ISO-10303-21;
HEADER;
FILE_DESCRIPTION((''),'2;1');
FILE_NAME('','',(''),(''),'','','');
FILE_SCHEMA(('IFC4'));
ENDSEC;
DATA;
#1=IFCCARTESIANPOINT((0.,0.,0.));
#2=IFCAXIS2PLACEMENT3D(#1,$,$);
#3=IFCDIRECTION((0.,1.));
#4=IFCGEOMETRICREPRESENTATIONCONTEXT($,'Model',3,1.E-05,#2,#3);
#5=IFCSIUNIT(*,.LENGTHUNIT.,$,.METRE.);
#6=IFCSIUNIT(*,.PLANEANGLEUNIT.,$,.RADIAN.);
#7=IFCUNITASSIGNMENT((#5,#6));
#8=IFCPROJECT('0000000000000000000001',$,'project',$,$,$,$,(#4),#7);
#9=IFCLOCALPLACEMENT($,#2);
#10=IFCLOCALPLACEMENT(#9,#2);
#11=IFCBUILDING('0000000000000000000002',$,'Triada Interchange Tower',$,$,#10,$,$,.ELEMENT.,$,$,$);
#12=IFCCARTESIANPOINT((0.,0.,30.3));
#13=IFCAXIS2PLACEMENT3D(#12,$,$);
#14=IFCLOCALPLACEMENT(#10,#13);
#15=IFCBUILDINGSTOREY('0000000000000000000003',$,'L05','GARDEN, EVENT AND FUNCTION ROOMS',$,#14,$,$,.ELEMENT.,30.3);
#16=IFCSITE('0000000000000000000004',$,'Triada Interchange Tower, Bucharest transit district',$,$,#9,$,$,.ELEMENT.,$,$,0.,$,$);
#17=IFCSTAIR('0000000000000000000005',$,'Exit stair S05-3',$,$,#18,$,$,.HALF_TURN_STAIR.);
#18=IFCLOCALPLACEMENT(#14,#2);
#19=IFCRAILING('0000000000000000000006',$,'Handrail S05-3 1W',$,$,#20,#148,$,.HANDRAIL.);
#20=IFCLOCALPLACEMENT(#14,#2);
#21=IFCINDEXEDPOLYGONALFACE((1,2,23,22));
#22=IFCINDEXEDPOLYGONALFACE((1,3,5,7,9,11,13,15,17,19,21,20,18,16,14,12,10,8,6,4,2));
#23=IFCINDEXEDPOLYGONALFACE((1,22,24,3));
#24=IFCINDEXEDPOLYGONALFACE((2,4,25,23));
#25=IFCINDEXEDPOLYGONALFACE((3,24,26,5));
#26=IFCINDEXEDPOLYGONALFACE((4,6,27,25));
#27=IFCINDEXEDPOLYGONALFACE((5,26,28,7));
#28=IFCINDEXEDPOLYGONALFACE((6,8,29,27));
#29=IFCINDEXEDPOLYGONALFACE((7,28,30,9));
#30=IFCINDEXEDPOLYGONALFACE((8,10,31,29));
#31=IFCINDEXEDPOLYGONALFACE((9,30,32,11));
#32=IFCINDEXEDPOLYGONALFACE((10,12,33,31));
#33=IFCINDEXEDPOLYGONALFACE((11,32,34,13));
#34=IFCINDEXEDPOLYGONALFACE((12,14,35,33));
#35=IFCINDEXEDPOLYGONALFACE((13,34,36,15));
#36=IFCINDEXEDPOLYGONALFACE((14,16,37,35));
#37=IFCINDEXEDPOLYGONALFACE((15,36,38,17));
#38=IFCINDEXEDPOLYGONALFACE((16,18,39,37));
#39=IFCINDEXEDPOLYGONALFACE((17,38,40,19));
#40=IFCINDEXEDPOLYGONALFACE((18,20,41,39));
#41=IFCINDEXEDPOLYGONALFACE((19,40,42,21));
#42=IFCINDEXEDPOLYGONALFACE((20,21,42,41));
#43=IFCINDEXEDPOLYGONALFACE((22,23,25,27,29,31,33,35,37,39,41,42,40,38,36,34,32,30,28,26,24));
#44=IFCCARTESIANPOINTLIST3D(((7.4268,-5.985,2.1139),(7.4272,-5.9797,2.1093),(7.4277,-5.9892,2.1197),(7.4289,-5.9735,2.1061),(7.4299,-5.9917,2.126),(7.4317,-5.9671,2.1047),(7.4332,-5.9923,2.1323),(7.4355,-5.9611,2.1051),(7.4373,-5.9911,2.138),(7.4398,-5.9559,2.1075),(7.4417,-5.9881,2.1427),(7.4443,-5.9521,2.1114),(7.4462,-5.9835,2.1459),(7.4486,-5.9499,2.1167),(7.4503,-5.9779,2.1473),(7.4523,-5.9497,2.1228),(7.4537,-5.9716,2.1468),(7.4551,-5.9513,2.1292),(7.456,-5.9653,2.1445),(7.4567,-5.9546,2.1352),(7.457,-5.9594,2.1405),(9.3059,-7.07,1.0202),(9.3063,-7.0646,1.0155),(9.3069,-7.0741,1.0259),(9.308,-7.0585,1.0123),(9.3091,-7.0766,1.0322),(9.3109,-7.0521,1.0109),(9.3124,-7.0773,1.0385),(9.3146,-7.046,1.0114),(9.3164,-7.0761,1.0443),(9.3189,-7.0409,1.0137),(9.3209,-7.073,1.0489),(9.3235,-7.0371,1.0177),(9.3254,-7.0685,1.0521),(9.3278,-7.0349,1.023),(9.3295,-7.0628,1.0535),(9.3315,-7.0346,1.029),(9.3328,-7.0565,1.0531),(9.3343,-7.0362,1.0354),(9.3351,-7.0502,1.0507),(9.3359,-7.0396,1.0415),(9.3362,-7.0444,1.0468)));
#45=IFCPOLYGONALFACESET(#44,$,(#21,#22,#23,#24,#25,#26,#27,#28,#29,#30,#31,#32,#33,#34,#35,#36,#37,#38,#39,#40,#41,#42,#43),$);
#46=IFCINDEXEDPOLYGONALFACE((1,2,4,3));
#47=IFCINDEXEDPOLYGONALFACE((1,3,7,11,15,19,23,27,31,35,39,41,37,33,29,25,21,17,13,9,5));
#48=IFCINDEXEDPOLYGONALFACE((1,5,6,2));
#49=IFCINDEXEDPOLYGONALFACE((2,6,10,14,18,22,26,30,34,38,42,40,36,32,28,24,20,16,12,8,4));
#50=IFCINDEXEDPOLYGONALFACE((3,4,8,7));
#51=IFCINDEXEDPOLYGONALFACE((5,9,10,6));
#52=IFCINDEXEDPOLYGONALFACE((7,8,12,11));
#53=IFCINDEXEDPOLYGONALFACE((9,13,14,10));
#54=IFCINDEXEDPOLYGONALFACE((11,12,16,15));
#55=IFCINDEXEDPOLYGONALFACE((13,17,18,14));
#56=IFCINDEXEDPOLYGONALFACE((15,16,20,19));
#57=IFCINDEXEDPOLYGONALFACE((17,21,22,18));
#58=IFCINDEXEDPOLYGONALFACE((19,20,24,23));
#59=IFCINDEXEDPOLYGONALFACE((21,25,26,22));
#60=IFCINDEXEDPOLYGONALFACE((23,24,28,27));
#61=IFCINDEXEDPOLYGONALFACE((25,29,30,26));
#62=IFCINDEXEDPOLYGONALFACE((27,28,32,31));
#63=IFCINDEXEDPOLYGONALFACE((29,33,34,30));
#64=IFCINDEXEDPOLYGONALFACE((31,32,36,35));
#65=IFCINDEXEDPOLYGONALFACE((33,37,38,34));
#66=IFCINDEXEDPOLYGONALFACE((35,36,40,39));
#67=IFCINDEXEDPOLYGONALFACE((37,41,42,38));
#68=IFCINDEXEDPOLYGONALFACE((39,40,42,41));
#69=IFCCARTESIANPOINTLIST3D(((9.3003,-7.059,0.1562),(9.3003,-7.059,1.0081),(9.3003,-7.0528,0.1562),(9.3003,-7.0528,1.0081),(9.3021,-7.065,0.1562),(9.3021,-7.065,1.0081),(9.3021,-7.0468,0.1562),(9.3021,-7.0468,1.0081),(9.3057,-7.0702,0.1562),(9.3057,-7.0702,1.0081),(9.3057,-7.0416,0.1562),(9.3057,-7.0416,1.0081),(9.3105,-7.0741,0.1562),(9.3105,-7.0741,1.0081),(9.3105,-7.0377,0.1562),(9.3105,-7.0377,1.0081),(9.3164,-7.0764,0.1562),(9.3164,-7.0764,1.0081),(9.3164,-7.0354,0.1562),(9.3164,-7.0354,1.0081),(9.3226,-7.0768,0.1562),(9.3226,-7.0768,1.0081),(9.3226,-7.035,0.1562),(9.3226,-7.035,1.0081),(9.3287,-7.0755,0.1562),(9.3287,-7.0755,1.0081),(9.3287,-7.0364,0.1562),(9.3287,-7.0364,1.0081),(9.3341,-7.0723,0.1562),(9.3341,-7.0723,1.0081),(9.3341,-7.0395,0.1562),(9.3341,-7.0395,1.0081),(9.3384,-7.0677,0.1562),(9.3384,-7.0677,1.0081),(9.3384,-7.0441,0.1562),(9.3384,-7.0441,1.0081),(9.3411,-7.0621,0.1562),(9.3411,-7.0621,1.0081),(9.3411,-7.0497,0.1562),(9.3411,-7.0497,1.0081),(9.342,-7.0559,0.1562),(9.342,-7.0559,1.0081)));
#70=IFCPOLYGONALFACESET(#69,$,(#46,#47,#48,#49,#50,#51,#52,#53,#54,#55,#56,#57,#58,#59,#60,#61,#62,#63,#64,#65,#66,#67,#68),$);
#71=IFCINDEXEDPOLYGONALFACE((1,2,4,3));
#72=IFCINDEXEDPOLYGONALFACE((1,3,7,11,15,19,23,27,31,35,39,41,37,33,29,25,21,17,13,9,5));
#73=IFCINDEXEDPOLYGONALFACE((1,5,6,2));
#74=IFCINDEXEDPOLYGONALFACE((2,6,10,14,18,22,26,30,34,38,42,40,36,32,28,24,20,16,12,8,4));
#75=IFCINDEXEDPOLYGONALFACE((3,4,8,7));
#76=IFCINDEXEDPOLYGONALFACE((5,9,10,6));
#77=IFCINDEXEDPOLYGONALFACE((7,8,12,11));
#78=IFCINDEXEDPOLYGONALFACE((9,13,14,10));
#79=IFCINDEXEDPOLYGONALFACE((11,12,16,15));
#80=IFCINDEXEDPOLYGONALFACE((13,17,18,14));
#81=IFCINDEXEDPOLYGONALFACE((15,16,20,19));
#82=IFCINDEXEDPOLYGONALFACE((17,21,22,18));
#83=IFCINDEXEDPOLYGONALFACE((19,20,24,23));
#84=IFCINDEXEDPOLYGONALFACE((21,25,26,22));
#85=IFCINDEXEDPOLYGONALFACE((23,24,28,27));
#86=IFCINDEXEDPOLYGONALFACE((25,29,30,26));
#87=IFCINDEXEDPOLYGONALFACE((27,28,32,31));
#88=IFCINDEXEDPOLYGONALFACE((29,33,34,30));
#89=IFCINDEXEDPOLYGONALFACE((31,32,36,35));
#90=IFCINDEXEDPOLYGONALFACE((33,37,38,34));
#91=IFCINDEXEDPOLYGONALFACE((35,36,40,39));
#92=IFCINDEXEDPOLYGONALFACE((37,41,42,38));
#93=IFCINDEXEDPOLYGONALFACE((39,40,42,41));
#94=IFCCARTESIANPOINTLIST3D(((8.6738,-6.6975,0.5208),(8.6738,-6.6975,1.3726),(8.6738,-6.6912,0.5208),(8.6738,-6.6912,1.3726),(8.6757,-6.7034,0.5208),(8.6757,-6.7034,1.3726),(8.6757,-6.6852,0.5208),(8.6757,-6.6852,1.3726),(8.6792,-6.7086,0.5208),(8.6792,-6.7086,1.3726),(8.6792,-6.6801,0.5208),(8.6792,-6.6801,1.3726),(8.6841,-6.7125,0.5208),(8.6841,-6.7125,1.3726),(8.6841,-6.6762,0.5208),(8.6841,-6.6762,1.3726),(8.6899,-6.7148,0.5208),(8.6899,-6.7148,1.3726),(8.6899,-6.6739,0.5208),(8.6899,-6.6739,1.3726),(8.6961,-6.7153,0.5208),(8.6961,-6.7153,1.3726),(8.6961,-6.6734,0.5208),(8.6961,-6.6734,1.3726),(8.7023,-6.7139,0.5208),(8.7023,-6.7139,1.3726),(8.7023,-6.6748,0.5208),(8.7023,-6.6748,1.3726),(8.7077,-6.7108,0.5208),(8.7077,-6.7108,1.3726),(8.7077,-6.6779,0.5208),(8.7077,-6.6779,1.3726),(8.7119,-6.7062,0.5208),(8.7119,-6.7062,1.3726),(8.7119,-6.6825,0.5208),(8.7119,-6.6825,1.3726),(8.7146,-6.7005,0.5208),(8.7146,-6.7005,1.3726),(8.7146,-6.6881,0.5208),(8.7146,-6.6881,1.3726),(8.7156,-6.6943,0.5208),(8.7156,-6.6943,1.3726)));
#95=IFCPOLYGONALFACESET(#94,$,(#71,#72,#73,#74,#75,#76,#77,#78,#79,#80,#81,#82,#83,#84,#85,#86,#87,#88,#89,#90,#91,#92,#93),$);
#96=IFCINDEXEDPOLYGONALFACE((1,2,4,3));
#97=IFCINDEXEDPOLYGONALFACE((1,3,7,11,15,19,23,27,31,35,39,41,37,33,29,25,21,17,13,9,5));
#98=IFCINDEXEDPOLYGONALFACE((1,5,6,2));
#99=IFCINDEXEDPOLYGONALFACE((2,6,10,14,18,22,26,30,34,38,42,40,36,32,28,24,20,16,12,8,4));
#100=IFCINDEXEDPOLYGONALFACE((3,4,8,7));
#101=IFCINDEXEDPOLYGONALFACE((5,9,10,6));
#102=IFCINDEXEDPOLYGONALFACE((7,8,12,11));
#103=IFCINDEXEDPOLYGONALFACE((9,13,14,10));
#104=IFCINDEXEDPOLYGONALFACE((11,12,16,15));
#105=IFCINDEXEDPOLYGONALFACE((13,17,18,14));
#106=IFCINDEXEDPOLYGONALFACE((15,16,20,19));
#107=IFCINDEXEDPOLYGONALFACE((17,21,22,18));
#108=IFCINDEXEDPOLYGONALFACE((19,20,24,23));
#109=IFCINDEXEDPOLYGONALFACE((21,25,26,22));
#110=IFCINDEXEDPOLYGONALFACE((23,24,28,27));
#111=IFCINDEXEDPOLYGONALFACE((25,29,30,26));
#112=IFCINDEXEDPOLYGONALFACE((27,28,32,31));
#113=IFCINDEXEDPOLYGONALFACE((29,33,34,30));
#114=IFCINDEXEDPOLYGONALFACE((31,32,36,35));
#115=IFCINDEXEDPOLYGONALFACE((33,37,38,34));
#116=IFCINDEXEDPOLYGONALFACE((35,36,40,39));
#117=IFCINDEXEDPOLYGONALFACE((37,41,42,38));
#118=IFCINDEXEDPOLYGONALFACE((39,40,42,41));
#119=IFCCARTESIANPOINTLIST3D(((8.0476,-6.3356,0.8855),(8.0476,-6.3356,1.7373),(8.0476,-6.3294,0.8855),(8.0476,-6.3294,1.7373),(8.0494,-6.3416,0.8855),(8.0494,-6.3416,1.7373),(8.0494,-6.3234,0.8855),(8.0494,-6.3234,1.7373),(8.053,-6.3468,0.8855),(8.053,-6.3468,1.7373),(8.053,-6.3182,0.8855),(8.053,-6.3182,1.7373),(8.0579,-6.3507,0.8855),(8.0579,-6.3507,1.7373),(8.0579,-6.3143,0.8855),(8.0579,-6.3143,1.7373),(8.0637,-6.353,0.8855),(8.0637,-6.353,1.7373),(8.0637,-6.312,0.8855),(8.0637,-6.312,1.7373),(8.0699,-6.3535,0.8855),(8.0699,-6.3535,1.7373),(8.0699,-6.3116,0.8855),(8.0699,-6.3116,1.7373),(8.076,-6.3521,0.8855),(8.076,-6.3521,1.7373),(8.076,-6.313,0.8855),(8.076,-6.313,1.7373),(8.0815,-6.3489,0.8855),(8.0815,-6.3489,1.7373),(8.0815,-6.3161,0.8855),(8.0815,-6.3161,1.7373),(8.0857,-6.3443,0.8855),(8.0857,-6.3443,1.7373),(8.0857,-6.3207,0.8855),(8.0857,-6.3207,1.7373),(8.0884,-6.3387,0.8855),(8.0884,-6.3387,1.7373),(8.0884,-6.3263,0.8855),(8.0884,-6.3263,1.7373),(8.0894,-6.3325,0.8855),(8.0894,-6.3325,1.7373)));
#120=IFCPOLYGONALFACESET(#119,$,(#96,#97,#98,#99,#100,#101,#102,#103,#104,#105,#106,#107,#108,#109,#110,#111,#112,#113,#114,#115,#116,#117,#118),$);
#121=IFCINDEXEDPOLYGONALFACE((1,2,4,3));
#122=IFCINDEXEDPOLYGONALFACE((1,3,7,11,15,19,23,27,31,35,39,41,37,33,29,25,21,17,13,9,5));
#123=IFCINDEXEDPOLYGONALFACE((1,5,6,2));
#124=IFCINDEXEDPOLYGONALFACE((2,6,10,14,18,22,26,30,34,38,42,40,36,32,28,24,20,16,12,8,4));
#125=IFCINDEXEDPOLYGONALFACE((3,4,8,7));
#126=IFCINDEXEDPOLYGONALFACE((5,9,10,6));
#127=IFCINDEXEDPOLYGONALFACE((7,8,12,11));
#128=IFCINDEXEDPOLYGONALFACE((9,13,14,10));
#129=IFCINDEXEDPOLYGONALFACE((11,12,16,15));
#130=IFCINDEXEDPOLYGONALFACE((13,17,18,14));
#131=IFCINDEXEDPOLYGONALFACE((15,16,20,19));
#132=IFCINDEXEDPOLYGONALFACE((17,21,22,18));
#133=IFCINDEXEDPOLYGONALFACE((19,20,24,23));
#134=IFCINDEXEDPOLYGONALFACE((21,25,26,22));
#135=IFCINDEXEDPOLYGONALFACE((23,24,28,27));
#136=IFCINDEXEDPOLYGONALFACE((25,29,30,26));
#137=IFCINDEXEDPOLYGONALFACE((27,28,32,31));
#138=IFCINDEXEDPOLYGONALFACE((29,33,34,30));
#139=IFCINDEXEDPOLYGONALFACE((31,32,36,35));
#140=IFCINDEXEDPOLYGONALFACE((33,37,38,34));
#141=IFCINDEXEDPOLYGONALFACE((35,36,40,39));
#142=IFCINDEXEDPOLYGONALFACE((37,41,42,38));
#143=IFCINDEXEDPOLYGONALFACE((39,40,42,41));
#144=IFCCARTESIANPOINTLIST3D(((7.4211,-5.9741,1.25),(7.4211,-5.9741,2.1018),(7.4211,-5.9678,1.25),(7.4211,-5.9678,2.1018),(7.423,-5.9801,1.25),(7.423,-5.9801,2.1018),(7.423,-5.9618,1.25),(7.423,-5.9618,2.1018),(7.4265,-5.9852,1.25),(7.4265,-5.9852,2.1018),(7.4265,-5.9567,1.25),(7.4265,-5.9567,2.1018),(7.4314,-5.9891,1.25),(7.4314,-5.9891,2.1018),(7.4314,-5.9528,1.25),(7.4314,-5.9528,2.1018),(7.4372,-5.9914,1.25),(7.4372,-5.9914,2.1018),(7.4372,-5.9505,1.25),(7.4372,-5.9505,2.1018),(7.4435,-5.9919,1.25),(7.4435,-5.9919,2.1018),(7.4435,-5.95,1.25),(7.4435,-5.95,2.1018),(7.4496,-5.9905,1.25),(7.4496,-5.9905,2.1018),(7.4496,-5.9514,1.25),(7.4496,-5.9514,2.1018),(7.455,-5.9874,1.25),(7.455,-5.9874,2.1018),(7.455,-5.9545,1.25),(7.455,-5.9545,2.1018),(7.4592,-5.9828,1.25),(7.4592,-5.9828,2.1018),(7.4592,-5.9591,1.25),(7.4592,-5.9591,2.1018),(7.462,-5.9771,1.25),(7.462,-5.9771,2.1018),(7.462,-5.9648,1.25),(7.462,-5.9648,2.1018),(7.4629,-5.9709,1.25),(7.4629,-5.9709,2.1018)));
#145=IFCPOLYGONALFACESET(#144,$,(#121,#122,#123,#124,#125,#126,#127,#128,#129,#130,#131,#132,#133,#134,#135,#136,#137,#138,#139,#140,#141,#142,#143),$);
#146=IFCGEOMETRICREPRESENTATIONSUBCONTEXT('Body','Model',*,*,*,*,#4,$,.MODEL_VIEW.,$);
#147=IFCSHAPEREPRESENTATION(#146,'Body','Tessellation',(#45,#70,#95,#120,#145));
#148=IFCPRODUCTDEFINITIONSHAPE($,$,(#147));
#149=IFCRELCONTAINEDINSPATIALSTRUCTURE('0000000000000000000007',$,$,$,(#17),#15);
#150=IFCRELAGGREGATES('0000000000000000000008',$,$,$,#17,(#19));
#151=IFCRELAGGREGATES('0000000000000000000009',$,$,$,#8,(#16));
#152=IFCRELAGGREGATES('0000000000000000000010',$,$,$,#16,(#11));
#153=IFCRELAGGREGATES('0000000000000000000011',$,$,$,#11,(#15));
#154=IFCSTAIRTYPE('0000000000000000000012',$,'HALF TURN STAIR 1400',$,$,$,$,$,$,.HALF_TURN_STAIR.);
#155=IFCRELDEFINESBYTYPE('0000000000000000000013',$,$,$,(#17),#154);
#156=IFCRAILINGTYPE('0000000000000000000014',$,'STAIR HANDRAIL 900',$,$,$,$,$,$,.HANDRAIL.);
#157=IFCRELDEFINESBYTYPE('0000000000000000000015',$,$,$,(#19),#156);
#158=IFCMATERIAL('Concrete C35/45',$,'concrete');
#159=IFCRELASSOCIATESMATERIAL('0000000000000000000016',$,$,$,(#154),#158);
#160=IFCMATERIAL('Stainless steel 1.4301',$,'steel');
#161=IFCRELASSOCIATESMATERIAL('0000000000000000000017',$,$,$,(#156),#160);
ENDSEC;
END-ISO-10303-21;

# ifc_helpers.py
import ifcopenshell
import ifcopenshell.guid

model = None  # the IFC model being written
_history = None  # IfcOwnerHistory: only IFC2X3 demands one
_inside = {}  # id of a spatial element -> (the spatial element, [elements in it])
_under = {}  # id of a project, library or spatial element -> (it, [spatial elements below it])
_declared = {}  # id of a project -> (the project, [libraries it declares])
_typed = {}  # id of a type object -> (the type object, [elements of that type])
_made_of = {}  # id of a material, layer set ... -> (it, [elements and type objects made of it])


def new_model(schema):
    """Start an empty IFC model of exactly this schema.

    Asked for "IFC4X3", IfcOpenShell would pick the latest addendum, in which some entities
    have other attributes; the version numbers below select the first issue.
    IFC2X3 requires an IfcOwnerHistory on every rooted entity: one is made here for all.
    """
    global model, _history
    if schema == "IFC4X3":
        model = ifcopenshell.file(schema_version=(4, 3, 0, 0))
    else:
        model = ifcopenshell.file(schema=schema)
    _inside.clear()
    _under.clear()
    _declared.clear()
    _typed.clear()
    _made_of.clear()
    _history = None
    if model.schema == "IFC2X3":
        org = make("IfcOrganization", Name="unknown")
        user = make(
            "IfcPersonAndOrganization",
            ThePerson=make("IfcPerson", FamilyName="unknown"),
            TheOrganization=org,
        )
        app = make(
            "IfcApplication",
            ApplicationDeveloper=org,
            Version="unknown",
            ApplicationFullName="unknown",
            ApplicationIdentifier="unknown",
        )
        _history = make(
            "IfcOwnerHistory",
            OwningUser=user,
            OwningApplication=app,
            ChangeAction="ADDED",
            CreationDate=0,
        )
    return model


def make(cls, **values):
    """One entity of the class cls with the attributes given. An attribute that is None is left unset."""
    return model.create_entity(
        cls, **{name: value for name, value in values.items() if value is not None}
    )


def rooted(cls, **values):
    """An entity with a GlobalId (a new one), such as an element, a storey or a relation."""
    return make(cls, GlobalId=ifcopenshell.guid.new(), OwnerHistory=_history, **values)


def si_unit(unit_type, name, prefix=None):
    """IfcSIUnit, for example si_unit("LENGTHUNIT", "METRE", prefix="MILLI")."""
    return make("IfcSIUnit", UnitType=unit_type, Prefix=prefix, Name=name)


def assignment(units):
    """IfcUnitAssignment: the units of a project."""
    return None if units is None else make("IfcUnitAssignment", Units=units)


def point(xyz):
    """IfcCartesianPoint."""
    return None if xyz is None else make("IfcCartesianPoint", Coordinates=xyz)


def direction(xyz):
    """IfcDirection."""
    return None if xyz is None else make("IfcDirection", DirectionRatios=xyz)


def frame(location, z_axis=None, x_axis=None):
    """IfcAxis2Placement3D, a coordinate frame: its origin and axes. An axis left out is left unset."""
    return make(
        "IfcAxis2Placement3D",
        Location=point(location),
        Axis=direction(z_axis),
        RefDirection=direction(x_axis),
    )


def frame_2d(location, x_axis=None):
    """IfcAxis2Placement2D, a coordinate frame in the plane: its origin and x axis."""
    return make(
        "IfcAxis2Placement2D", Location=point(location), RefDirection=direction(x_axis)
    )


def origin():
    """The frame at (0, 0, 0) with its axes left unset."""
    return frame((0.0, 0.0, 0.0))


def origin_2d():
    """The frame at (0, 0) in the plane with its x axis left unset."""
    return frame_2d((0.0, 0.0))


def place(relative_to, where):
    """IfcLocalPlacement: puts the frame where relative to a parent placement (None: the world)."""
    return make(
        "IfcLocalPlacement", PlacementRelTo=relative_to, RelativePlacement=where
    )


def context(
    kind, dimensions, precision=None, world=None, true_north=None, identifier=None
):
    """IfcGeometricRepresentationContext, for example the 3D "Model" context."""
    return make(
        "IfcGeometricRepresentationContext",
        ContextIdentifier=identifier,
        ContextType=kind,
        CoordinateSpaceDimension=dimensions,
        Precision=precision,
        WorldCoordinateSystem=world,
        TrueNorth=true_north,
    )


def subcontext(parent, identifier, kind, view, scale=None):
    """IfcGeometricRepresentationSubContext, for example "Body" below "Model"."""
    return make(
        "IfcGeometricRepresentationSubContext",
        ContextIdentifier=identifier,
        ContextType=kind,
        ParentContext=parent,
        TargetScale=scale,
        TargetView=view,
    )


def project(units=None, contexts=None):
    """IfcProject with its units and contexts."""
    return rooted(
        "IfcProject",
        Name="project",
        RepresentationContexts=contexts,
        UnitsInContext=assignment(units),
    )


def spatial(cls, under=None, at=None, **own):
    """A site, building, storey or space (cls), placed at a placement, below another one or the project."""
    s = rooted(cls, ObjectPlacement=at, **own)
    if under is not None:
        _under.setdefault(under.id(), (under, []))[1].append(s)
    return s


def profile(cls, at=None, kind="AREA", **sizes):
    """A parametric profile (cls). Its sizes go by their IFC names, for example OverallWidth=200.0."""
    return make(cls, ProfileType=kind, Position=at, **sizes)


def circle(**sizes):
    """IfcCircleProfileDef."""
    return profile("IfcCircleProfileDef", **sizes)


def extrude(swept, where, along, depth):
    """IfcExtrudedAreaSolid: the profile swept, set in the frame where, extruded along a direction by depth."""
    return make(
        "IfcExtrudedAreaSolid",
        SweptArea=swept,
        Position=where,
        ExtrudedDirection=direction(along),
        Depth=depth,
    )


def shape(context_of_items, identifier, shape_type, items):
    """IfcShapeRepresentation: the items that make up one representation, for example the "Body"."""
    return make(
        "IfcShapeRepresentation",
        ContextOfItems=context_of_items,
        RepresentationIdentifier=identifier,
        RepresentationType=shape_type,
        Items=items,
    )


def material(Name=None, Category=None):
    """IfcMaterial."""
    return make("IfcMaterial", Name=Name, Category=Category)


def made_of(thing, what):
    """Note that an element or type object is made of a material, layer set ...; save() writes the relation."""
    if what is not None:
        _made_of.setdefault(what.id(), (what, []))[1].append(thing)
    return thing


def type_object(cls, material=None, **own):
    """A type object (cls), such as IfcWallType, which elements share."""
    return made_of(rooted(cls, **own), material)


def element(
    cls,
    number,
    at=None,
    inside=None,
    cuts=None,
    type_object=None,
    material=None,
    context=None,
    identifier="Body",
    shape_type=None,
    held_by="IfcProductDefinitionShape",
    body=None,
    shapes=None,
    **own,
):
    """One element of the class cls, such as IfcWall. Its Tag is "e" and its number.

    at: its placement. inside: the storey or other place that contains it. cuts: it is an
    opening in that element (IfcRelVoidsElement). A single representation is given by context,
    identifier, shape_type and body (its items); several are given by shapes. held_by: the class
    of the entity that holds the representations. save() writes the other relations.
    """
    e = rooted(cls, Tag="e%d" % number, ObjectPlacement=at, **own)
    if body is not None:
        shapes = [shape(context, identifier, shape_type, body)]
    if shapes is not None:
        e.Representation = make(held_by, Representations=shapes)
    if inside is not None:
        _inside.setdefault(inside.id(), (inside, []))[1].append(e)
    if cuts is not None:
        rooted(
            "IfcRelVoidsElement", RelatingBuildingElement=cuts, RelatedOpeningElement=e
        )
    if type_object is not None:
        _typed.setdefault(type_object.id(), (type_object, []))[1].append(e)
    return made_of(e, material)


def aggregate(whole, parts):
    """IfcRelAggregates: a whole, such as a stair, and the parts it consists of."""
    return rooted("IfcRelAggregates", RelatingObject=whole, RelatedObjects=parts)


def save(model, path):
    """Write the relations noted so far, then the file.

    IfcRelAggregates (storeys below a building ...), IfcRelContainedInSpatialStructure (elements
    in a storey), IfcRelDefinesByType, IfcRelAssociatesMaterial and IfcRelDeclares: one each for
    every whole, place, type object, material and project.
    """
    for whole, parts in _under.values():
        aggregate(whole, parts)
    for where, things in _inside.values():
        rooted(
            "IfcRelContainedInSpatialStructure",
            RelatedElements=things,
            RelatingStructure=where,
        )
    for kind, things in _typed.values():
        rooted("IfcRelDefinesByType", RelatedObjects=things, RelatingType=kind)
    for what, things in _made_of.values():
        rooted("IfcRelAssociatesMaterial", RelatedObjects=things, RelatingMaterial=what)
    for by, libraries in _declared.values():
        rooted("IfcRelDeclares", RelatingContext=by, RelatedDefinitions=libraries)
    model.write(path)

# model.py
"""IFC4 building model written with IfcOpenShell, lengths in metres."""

from ifc_helpers import new_model, si_unit, direction, frame, origin, origin_2d, place, context, subcontext, project, spatial, circle, extrude, material, type_object, element, aggregate, save


model = new_model("IFC4")

# Units and contexts
model_context = context("Model", 3, precision=1e-05, world=origin(), true_north=direction((0.0, 1.0)))
body_context = subcontext(model_context, "Body", "Model", "MODEL_VIEW")
ifc_project = project(units=[si_unit("LENGTHUNIT", "METRE"), si_unit("PLANEANGLEUNIT", "RADIAN")], contexts=[model_context])

# Site, building, storey
site_placement = place(None, origin())
site = spatial("IfcSite", under=ifc_project, at=site_placement, Name="Triada Interchange Tower, Bucharest transit district", CompositionType="ELEMENT", RefElevation=0.0)
building_placement = place(site_placement, origin())
building = spatial("IfcBuilding", under=site, at=building_placement, Name="Triada Interchange Tower", CompositionType="ELEMENT")
storey_placement = place(building_placement, frame((0.0, 0.0, 30.3)))
storey = spatial("IfcBuildingStorey", under=building, at=storey_placement, Name="L05", Description="GARDEN, EVENT AND FUNCTION ROOMS", CompositionType="ELEMENT", Elevation=30.3)

# Stair, railing
ifc_material_1 = material(Name="Concrete C35/45", Category="concrete")
stair_type = type_object("IfcStairType", Name="HALF TURN STAIR 1400", PredefinedType="HALF_TURN_STAIR", material=ifc_material_1)
stair_placement = place(storey_placement, origin())
stair = element("IfcStair", 1, at=stair_placement, inside=storey, type_object=stair_type, Name="Exit stair S05-3", PredefinedType="HALF_TURN_STAIR")
ifc_material_2 = material(Name="Stainless steel 1.4301", Category="steel")
railing_type = type_object("IfcRailingType", Name="STAIR HANDRAIL 900", PredefinedType="HANDRAIL", material=ifc_material_2)
railing_1_placement = place(storey_placement, frame((9.321, -7.0559, 0.1562)))
railing_1 = element("IfcRailing", 2, at=railing_1_placement, type_object=railing_type, Name="Handrail S05-3 1W", PredefinedType="HANDRAIL", context=body_context, shape_type="SweptSolid", body=[
    extrude(circle(Radius=0.0239, at=origin_2d()), frame((0.0, 0.0, 0.876), z_axis=(-0.77333, 0.446496, 0.450113), x_axis=(-0.500011, -0.866019, 0.0)), (0.0, 0.0, 1.0), 2.4299),
    extrude(circle(Radius=0.021, at=origin_2d()), origin(), (0.0, 0.0, 1.0), 0.8518),
    extrude(circle(Radius=0.021, at=origin_2d()), frame((-0.6265, 0.3616, 0.3645)), (0.0, 0.0, 1.0), 0.8518),
    extrude(circle(Radius=0.021, at=origin_2d()), frame((-1.2527, 0.7234, 0.7292)), (0.0, 0.0, 1.0), 0.8518),
    extrude(circle(Radius=0.021, at=origin_2d()), frame((-1.8792, 1.085, 1.0938)), (0.0, 0.0, 1.0), 0.8518),
])
aggregate(stair, [railing_1])

save(model, "model.ifc")
